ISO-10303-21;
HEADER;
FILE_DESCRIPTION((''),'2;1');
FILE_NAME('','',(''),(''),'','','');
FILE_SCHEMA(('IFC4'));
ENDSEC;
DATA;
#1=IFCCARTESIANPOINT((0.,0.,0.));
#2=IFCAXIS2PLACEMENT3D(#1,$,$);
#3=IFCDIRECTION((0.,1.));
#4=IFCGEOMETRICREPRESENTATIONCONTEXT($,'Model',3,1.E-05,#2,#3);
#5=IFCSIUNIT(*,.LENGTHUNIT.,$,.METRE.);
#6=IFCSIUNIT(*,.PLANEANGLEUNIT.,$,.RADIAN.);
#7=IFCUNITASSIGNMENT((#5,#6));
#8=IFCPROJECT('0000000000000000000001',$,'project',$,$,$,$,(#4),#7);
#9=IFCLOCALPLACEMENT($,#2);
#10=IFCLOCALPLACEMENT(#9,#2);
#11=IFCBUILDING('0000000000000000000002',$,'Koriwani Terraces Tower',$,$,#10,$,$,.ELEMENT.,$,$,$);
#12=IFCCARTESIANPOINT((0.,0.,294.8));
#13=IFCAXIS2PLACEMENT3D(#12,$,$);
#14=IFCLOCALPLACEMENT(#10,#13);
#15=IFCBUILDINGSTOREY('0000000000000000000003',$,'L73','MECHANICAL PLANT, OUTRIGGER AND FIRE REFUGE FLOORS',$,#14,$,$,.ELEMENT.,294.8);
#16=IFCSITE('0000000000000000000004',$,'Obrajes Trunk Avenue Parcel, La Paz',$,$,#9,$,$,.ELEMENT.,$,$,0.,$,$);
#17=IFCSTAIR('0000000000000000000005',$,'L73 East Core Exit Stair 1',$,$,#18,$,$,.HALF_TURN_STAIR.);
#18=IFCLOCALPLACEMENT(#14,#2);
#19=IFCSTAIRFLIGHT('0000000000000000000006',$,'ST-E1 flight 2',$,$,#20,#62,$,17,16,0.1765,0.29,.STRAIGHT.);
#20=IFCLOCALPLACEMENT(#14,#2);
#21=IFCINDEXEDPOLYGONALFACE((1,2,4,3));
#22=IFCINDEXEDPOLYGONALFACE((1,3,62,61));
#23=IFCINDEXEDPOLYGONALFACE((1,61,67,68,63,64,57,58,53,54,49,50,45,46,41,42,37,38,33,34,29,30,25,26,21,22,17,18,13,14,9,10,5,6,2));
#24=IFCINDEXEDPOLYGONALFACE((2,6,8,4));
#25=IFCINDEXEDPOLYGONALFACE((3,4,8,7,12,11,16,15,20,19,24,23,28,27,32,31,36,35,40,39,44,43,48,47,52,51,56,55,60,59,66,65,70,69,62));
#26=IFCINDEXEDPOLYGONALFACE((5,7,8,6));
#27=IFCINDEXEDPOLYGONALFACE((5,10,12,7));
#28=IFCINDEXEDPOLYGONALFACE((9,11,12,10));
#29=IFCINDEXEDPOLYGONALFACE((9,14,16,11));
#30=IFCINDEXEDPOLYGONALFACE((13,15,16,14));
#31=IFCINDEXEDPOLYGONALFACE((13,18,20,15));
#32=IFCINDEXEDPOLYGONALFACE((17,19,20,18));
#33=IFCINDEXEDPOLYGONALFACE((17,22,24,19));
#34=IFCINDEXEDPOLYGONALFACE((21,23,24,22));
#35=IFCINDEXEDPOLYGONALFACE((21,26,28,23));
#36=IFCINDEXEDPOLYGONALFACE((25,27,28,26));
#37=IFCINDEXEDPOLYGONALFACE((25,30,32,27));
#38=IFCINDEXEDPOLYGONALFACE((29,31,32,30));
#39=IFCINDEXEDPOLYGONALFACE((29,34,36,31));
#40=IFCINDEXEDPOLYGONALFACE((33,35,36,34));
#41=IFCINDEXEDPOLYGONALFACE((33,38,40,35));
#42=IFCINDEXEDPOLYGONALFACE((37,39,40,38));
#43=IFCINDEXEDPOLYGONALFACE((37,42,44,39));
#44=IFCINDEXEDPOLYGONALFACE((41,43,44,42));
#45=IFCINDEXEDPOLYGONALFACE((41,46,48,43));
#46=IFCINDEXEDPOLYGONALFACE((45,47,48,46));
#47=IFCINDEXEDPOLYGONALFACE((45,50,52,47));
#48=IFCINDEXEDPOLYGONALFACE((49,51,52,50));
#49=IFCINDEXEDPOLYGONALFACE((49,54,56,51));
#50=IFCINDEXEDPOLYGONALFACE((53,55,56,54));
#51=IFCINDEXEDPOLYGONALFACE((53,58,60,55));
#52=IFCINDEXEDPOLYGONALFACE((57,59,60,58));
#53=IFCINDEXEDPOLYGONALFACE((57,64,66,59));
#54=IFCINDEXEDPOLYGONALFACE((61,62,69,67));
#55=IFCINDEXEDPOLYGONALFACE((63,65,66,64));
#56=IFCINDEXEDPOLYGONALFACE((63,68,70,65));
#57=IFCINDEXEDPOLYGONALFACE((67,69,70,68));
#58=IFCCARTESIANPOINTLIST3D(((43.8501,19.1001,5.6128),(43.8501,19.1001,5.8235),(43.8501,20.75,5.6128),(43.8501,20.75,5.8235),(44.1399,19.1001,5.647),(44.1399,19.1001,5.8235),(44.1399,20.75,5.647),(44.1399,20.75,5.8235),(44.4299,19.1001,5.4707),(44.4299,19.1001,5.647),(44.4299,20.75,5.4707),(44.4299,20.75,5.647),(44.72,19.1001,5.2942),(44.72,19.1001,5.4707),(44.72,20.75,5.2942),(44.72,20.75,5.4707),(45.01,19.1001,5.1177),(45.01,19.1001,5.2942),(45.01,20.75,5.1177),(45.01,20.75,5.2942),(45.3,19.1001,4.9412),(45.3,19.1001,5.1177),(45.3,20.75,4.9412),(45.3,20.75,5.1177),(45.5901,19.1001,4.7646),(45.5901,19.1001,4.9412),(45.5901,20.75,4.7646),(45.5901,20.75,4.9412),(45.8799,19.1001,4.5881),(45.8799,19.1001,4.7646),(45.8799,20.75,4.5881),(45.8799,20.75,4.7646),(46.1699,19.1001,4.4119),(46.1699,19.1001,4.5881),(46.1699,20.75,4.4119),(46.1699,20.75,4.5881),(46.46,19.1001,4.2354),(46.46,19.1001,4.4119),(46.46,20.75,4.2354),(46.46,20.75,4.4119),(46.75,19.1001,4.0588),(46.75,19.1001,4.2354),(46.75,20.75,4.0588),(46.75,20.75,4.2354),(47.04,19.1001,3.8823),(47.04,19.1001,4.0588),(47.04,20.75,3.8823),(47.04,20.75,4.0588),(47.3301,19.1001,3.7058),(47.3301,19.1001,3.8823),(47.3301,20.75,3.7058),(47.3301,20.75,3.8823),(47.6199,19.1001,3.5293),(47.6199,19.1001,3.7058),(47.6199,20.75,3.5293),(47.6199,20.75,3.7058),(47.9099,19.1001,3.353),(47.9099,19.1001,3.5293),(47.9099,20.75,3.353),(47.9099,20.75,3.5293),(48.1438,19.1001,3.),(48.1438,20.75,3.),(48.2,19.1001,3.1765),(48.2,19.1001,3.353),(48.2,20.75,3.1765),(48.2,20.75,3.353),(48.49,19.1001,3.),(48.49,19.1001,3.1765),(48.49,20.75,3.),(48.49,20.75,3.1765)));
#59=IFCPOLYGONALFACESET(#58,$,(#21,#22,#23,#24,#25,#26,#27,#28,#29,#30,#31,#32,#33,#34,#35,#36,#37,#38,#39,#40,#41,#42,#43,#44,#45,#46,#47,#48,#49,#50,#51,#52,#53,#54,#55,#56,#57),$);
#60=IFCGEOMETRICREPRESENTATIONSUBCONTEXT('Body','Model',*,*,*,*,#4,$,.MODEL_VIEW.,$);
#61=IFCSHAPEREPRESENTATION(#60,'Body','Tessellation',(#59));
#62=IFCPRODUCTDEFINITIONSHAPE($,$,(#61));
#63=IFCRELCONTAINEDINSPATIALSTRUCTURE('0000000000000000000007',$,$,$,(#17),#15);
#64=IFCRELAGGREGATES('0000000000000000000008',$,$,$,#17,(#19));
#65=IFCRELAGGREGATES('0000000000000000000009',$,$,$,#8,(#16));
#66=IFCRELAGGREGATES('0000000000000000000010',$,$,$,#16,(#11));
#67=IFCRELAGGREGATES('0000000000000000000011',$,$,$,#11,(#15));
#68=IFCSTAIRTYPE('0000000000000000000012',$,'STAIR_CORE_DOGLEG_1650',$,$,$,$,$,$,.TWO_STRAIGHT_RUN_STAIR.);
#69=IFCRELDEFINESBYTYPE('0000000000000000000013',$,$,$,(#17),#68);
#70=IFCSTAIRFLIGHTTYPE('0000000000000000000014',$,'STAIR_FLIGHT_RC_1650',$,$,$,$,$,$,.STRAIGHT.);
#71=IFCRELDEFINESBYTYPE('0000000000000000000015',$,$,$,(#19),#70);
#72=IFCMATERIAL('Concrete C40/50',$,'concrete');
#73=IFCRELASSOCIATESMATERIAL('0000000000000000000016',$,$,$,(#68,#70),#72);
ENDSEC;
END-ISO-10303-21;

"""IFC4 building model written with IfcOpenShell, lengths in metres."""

from ifc_helpers import new_model, si_unit, direction, frame, origin, place, context, subcontext, project, spatial, polyline, outline, extrude, material, type_object, element, aggregate, save


model = new_model("IFC4")

# Units and contexts
model_context = context("Model", 3, precision=1e-05, world=origin(), true_north=direction((0.0, 1.0)))
body_context = subcontext(model_context, "Body", "Model", "MODEL_VIEW")
ifc_project = project(units=[si_unit("LENGTHUNIT", "METRE"), si_unit("PLANEANGLEUNIT", "RADIAN")], contexts=[model_context])

# Site, building, storey
site_placement = place(None, origin())
site = spatial("IfcSite", under=ifc_project, at=site_placement, Name="Obrajes Trunk Avenue Parcel, La Paz", CompositionType="ELEMENT", RefElevation=0.0)
building_placement = place(site_placement, origin())
building = spatial("IfcBuilding", under=site, at=building_placement, Name="Koriwani Terraces Tower", CompositionType="ELEMENT")
storey_placement = place(building_placement, frame((0.0, 0.0, 294.8)))
storey = spatial("IfcBuildingStorey", under=building, at=storey_placement, Name="L73", Description="MECHANICAL PLANT, OUTRIGGER AND FIRE REFUGE FLOORS", CompositionType="ELEMENT", Elevation=294.8)

# Shared definitions
ifc_material_1 = material(Name="Concrete C40/50", Category="concrete")

# Stair, stair flight
stair_type = type_object("IfcStairType", Name="STAIR_CORE_DOGLEG_1650", PredefinedType="TWO_STRAIGHT_RUN_STAIR", material=ifc_material_1)
stair_placement = place(storey_placement, origin())
stair = element("IfcStair", 1, at=stair_placement, inside=storey, type_object=stair_type, Name="L73 East Core Exit Stair 1", PredefinedType="HALF_TURN_STAIR")
stair_flight_type = type_object("IfcStairFlightType", Name="STAIR_FLIGHT_RC_1650", PredefinedType="STRAIGHT", material=ifc_material_1)
stair_flight_placement = place(storey_placement, frame((48.49, 19.925, 3.0), z_axis=(0.0, 0.0, 1.0), x_axis=(-1.0, 0.0, 0.0)))
stair_flight = element("IfcStairFlight", 2, at=stair_flight_placement, type_object=stair_flight_type, Name="ST-E1 flight 2", NumberOfRisers=17, NumberOfTreads=16, PredefinedType="STRAIGHT", RiserHeight=0.1765, TreadLength=0.29, context=body_context, shape_type="SweptSolid", body=[
    extrude(outline(polyline([(0.0, 0.0), (0.0, 0.1765), (0.29, 0.1765), (0.29, 0.353), (0.5801, 0.353), (0.5801, 0.5293), (0.8701, 0.5293), (0.8701, 0.7058), (1.1599, 0.7058), (1.1599, 0.8823), (1.45, 0.8823), (1.45, 1.0588), (1.74, 1.0588), (1.74, 1.2354), (2.03, 1.2354), (2.03, 1.4119), (2.3201, 1.4119), (2.3201, 1.5881), (2.6101, 1.5881), (2.6101, 1.7646), (2.8999, 1.7646), (2.8999, 1.9412), (3.1899, 1.9412), (3.1899, 2.1177), (3.48, 2.1177), (3.48, 2.2942), (3.77, 2.2942), (3.77, 2.4707), (4.0601, 2.4707), (4.0601, 2.647), (4.3501, 2.647), (4.3501, 2.8235), (4.6399, 2.8235), (4.6399, 3.0), (4.6399, 2.6128), (0.3462, 0.0), (0.0, 0.0)])), frame((0.0, 0.825, 0.0), z_axis=(0.0, -1.0, 0.0), x_axis=(1.0, 0.0, 0.0)), (0.0, 0.0, 1.0), 1.6499),
])
aggregate(stair, [stair_flight])

save(model, "model.ifc")
